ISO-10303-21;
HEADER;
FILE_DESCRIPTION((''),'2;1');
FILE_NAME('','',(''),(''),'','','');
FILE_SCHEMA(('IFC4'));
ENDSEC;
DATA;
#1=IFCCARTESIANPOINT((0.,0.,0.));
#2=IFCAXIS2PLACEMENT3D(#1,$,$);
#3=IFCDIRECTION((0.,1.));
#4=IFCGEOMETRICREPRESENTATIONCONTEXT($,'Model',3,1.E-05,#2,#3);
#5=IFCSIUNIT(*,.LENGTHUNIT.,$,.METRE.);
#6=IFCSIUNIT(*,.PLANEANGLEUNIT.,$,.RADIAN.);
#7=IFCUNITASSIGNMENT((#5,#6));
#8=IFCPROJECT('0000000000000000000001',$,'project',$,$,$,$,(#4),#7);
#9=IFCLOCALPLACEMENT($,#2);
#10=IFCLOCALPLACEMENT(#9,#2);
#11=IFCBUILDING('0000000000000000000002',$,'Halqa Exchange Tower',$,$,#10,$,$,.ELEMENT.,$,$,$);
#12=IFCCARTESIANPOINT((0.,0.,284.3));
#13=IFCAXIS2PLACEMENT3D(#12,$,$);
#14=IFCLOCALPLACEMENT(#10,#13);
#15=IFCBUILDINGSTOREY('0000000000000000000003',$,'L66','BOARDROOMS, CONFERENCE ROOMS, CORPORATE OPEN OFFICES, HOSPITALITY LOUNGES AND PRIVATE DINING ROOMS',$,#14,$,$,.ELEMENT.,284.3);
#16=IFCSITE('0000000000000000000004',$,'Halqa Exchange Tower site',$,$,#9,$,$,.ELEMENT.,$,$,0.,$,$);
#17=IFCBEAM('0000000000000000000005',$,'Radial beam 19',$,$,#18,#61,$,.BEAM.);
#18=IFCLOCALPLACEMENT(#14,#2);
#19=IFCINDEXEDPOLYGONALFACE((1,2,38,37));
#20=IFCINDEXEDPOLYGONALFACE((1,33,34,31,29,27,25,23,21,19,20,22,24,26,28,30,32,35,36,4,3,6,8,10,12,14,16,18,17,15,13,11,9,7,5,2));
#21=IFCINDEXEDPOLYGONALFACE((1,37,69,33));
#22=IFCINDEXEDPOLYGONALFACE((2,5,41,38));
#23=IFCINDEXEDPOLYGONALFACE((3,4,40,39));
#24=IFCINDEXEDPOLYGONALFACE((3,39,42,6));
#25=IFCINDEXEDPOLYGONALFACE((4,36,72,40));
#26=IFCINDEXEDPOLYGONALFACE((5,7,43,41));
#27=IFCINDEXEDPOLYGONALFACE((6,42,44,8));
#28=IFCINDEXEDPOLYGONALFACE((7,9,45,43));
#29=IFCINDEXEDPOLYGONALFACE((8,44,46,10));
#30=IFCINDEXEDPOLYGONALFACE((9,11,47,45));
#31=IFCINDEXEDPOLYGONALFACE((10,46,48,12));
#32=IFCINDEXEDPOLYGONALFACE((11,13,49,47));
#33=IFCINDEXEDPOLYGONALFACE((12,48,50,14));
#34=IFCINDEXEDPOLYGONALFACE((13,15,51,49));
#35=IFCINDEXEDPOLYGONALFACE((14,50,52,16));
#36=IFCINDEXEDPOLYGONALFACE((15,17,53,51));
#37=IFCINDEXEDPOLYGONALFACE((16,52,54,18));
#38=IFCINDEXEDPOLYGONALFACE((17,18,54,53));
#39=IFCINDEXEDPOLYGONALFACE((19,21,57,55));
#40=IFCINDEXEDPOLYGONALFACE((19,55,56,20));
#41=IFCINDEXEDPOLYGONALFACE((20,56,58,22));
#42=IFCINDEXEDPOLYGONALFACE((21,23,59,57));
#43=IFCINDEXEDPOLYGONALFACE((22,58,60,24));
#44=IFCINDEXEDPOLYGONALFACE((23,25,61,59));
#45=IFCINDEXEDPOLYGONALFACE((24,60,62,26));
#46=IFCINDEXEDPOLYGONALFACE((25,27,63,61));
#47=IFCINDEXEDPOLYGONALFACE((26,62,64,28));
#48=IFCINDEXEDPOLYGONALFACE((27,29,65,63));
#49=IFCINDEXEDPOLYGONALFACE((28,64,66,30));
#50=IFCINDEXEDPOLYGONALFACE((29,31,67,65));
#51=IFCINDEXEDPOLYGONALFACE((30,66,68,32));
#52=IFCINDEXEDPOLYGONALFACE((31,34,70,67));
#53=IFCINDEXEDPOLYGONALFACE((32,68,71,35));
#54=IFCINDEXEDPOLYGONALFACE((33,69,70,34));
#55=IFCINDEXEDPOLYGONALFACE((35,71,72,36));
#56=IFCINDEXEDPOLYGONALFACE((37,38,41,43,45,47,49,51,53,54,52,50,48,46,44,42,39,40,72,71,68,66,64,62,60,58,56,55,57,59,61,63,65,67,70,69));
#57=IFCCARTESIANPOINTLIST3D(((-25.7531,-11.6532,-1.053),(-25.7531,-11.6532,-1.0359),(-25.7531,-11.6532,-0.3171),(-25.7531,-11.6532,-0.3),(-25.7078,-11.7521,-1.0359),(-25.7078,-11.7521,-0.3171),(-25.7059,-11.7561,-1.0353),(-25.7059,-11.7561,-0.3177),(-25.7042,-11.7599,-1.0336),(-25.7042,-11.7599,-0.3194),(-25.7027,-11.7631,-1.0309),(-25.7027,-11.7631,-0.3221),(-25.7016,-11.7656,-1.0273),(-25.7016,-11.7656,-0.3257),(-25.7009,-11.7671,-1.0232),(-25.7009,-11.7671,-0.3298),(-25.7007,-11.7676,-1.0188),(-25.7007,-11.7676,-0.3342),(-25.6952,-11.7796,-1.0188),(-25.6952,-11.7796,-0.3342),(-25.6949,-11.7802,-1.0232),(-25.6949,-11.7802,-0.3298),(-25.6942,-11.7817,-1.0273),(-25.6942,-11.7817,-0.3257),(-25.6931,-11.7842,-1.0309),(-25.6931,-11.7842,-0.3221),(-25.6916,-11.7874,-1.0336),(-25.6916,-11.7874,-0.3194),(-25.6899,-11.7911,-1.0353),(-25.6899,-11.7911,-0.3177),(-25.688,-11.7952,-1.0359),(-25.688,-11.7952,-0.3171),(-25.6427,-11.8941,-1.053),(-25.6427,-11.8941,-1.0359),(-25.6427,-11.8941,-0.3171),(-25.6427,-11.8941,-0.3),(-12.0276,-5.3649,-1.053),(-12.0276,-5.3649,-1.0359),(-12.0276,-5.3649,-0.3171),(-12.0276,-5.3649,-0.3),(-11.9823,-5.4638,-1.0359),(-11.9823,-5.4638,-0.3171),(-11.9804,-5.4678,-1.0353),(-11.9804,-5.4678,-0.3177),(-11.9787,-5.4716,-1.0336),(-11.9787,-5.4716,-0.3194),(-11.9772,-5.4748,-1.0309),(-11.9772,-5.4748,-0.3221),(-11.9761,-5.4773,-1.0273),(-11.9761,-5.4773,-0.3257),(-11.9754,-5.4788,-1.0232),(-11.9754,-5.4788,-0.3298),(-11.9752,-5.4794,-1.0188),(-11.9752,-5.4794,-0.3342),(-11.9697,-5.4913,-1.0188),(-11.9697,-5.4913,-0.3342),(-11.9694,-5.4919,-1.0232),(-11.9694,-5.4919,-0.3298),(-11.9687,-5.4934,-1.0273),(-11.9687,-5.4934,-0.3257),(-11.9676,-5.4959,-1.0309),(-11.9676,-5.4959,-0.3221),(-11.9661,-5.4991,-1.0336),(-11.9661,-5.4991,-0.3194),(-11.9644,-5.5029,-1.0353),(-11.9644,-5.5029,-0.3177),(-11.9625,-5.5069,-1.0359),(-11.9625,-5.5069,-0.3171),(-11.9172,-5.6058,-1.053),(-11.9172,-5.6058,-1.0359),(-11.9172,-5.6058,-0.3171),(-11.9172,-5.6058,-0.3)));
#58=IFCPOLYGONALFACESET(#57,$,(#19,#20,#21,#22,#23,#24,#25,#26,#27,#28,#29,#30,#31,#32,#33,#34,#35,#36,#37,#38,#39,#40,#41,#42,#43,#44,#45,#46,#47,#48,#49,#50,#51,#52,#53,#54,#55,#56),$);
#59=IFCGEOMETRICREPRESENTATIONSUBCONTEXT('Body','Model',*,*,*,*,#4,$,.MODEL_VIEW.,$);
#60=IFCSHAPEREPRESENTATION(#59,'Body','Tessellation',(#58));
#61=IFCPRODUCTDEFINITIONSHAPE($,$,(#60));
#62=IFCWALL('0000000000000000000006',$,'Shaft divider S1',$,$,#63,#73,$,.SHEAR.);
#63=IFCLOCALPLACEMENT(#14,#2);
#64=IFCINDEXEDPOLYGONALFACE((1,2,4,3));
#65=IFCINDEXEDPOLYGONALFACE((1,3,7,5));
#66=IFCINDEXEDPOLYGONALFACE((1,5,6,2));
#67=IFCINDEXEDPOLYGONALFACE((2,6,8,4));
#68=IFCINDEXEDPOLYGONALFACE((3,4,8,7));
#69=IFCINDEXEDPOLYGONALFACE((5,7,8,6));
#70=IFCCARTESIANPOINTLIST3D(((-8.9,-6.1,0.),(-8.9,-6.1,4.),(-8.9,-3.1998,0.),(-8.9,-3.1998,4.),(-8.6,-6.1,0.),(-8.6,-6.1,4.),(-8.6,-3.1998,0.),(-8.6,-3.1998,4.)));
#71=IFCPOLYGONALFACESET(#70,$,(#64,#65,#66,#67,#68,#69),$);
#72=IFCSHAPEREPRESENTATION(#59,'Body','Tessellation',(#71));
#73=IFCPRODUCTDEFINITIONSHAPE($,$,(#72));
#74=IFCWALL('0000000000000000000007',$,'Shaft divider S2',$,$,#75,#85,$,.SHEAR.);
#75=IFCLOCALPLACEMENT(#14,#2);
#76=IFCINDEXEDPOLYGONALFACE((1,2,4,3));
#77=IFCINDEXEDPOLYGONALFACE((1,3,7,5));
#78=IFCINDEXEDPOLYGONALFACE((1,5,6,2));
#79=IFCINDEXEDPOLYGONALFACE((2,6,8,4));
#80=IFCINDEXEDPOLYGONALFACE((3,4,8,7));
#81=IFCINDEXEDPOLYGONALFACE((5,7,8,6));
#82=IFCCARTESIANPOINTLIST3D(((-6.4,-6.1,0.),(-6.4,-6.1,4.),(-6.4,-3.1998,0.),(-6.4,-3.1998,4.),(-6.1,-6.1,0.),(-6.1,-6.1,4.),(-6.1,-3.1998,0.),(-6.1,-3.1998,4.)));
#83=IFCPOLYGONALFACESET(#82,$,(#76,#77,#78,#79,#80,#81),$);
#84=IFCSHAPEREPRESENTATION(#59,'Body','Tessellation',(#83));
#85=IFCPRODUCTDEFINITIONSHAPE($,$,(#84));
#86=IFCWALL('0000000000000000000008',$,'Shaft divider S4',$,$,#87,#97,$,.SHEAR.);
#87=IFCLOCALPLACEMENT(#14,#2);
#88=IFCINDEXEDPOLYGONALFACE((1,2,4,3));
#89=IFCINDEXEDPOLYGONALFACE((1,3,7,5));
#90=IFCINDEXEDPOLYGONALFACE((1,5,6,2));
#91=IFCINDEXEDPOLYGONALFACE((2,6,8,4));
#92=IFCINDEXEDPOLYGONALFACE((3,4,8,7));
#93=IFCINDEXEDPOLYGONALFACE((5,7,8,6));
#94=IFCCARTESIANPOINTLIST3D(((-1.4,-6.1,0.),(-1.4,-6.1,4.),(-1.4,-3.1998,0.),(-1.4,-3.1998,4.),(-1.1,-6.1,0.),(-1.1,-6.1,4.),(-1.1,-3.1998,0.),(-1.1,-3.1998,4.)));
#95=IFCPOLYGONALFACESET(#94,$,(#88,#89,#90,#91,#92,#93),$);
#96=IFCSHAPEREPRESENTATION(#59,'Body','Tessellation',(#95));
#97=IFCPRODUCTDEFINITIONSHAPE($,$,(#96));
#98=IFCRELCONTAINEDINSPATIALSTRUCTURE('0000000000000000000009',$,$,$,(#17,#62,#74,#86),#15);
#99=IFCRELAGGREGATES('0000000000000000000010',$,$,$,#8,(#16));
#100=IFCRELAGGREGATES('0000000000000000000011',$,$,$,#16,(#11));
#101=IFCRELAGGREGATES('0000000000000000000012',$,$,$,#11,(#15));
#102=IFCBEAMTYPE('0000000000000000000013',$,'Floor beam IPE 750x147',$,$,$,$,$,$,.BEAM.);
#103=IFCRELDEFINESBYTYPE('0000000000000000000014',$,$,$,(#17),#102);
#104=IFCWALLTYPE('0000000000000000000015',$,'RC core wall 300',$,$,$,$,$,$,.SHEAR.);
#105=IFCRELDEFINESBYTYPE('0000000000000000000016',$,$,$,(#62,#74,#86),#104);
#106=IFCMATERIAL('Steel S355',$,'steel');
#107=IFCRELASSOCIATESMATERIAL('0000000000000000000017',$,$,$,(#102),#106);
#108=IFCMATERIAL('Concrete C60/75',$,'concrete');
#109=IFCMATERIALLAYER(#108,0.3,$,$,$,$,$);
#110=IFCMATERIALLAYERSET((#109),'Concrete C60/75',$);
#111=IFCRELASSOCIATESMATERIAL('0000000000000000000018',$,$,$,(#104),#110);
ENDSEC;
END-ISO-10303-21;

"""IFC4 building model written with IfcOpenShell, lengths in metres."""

from ifc_helpers import new_model, si_unit, direction, frame, frame_2d, origin, origin_2d, place, context, subcontext, project, spatial, rectangle, i_section, extrude, material, layer, layer_set, material_profile, profile_set, type_object, element, save


model = new_model("IFC4")

# Units and contexts
model_context = context("Model", 3, precision=1e-05, world=origin(), true_north=direction((0.0, 1.0)))
body_context = subcontext(model_context, "Body", "Model", "MODEL_VIEW")
ifc_project = project(units=[si_unit("LENGTHUNIT", "METRE"), si_unit("PLANEANGLEUNIT", "RADIAN")], contexts=[model_context])

# Site, building, storey
site_placement = place(None, origin())
site = spatial("IfcSite", under=ifc_project, at=site_placement, Name="Halqa Exchange Tower site", CompositionType="ELEMENT", RefElevation=0.0)
building_placement = place(site_placement, origin())
building = spatial("IfcBuilding", under=site, at=building_placement, Name="Halqa Exchange Tower", CompositionType="ELEMENT")
storey_placement = place(building_placement, frame((0.0, 0.0, 284.3)))
storey = spatial("IfcBuildingStorey", under=building, at=storey_placement, Name="L66", Description="BOARDROOMS, CONFERENCE ROOMS, CORPORATE OPEN OFFICES, HOSPITALITY LOUNGES AND PRIVATE DINING ROOMS", CompositionType="ELEMENT", Elevation=284.3)

# Beam
ifc_material_1 = material(Name="Steel S355", Category="steel")
ifc_material_profile = material_profile(ifc_material_1, i_section(OverallWidth=0.2649, OverallDepth=0.7529, WebThickness=0.0132, FlangeThickness=0.0171, FilletRadius=0.0171, at=origin_2d()), Name="IPE 750x147")
ifc_profile_set = profile_set([ifc_material_profile], Name="Steel S355")
beam_type = type_object("IfcBeamType", Name="Floor beam IPE 750x147", PredefinedType="BEAM", material=ifc_profile_set)
beam_placement = place(storey_placement, frame((-11.9724, -5.4854, -0.6765), z_axis=(-0.909129, -0.416514, 0.0), x_axis=(0.416514, -0.909129, 0.0)))
element("IfcBeam", 1, at=beam_placement, inside=storey, type_object=beam_type, Name="Radial beam 19", PredefinedType="BEAM", context=body_context, shape_type="SweptSolid", body=[
    extrude(i_section(OverallWidth=0.2649, OverallDepth=0.7529, WebThickness=0.0132, FlangeThickness=0.0171, FilletRadius=0.0171, at=origin_2d()), origin(), (0.0, 0.0, 1.0), 15.0974),
])

# Walls
ifc_material_2 = material(Name="Concrete C60/75", Category="concrete")
ifc_layer_1 = layer(ifc_material_2, 0.3)
ifc_layer_set_1 = layer_set([ifc_layer_1], Name="Concrete C60/75")
wall_type_1 = type_object("IfcWallType", Name="RC core wall 300", PredefinedType="SHEAR", material=ifc_layer_set_1)
for number, where, z_axis, x_axis, name in (
    (2, (-8.75, -6.1001, 0.0), (0.0, 0.0, 1.0), (0.0, 1.0, 0.0), "Shaft divider S1"),
    (3, (-6.25, -6.1001, 0.0), (0.0, 0.0, 1.0), (0.0, 1.0, 0.0), "Shaft divider S2"),
    (4, (-1.25, -6.1001, 0.0), (0.0, 0.0, 1.0), (0.0, 1.0, 0.0), "Shaft divider S4"),
):
    element("IfcWall", number, at=place(storey_placement, frame(where, z_axis=z_axis, x_axis=x_axis)), inside=storey, type_object=wall_type_1, Name=name, PredefinedType="SHEAR", context=body_context, shape_type="SweptSolid", body=[
        extrude(rectangle(XDim=2.9001, YDim=0.3, at=frame_2d((1.4502, 0.0))), origin(), (0.0, 0.0, 1.0), 4.0),
    ])

save(model, "model.ifc")
